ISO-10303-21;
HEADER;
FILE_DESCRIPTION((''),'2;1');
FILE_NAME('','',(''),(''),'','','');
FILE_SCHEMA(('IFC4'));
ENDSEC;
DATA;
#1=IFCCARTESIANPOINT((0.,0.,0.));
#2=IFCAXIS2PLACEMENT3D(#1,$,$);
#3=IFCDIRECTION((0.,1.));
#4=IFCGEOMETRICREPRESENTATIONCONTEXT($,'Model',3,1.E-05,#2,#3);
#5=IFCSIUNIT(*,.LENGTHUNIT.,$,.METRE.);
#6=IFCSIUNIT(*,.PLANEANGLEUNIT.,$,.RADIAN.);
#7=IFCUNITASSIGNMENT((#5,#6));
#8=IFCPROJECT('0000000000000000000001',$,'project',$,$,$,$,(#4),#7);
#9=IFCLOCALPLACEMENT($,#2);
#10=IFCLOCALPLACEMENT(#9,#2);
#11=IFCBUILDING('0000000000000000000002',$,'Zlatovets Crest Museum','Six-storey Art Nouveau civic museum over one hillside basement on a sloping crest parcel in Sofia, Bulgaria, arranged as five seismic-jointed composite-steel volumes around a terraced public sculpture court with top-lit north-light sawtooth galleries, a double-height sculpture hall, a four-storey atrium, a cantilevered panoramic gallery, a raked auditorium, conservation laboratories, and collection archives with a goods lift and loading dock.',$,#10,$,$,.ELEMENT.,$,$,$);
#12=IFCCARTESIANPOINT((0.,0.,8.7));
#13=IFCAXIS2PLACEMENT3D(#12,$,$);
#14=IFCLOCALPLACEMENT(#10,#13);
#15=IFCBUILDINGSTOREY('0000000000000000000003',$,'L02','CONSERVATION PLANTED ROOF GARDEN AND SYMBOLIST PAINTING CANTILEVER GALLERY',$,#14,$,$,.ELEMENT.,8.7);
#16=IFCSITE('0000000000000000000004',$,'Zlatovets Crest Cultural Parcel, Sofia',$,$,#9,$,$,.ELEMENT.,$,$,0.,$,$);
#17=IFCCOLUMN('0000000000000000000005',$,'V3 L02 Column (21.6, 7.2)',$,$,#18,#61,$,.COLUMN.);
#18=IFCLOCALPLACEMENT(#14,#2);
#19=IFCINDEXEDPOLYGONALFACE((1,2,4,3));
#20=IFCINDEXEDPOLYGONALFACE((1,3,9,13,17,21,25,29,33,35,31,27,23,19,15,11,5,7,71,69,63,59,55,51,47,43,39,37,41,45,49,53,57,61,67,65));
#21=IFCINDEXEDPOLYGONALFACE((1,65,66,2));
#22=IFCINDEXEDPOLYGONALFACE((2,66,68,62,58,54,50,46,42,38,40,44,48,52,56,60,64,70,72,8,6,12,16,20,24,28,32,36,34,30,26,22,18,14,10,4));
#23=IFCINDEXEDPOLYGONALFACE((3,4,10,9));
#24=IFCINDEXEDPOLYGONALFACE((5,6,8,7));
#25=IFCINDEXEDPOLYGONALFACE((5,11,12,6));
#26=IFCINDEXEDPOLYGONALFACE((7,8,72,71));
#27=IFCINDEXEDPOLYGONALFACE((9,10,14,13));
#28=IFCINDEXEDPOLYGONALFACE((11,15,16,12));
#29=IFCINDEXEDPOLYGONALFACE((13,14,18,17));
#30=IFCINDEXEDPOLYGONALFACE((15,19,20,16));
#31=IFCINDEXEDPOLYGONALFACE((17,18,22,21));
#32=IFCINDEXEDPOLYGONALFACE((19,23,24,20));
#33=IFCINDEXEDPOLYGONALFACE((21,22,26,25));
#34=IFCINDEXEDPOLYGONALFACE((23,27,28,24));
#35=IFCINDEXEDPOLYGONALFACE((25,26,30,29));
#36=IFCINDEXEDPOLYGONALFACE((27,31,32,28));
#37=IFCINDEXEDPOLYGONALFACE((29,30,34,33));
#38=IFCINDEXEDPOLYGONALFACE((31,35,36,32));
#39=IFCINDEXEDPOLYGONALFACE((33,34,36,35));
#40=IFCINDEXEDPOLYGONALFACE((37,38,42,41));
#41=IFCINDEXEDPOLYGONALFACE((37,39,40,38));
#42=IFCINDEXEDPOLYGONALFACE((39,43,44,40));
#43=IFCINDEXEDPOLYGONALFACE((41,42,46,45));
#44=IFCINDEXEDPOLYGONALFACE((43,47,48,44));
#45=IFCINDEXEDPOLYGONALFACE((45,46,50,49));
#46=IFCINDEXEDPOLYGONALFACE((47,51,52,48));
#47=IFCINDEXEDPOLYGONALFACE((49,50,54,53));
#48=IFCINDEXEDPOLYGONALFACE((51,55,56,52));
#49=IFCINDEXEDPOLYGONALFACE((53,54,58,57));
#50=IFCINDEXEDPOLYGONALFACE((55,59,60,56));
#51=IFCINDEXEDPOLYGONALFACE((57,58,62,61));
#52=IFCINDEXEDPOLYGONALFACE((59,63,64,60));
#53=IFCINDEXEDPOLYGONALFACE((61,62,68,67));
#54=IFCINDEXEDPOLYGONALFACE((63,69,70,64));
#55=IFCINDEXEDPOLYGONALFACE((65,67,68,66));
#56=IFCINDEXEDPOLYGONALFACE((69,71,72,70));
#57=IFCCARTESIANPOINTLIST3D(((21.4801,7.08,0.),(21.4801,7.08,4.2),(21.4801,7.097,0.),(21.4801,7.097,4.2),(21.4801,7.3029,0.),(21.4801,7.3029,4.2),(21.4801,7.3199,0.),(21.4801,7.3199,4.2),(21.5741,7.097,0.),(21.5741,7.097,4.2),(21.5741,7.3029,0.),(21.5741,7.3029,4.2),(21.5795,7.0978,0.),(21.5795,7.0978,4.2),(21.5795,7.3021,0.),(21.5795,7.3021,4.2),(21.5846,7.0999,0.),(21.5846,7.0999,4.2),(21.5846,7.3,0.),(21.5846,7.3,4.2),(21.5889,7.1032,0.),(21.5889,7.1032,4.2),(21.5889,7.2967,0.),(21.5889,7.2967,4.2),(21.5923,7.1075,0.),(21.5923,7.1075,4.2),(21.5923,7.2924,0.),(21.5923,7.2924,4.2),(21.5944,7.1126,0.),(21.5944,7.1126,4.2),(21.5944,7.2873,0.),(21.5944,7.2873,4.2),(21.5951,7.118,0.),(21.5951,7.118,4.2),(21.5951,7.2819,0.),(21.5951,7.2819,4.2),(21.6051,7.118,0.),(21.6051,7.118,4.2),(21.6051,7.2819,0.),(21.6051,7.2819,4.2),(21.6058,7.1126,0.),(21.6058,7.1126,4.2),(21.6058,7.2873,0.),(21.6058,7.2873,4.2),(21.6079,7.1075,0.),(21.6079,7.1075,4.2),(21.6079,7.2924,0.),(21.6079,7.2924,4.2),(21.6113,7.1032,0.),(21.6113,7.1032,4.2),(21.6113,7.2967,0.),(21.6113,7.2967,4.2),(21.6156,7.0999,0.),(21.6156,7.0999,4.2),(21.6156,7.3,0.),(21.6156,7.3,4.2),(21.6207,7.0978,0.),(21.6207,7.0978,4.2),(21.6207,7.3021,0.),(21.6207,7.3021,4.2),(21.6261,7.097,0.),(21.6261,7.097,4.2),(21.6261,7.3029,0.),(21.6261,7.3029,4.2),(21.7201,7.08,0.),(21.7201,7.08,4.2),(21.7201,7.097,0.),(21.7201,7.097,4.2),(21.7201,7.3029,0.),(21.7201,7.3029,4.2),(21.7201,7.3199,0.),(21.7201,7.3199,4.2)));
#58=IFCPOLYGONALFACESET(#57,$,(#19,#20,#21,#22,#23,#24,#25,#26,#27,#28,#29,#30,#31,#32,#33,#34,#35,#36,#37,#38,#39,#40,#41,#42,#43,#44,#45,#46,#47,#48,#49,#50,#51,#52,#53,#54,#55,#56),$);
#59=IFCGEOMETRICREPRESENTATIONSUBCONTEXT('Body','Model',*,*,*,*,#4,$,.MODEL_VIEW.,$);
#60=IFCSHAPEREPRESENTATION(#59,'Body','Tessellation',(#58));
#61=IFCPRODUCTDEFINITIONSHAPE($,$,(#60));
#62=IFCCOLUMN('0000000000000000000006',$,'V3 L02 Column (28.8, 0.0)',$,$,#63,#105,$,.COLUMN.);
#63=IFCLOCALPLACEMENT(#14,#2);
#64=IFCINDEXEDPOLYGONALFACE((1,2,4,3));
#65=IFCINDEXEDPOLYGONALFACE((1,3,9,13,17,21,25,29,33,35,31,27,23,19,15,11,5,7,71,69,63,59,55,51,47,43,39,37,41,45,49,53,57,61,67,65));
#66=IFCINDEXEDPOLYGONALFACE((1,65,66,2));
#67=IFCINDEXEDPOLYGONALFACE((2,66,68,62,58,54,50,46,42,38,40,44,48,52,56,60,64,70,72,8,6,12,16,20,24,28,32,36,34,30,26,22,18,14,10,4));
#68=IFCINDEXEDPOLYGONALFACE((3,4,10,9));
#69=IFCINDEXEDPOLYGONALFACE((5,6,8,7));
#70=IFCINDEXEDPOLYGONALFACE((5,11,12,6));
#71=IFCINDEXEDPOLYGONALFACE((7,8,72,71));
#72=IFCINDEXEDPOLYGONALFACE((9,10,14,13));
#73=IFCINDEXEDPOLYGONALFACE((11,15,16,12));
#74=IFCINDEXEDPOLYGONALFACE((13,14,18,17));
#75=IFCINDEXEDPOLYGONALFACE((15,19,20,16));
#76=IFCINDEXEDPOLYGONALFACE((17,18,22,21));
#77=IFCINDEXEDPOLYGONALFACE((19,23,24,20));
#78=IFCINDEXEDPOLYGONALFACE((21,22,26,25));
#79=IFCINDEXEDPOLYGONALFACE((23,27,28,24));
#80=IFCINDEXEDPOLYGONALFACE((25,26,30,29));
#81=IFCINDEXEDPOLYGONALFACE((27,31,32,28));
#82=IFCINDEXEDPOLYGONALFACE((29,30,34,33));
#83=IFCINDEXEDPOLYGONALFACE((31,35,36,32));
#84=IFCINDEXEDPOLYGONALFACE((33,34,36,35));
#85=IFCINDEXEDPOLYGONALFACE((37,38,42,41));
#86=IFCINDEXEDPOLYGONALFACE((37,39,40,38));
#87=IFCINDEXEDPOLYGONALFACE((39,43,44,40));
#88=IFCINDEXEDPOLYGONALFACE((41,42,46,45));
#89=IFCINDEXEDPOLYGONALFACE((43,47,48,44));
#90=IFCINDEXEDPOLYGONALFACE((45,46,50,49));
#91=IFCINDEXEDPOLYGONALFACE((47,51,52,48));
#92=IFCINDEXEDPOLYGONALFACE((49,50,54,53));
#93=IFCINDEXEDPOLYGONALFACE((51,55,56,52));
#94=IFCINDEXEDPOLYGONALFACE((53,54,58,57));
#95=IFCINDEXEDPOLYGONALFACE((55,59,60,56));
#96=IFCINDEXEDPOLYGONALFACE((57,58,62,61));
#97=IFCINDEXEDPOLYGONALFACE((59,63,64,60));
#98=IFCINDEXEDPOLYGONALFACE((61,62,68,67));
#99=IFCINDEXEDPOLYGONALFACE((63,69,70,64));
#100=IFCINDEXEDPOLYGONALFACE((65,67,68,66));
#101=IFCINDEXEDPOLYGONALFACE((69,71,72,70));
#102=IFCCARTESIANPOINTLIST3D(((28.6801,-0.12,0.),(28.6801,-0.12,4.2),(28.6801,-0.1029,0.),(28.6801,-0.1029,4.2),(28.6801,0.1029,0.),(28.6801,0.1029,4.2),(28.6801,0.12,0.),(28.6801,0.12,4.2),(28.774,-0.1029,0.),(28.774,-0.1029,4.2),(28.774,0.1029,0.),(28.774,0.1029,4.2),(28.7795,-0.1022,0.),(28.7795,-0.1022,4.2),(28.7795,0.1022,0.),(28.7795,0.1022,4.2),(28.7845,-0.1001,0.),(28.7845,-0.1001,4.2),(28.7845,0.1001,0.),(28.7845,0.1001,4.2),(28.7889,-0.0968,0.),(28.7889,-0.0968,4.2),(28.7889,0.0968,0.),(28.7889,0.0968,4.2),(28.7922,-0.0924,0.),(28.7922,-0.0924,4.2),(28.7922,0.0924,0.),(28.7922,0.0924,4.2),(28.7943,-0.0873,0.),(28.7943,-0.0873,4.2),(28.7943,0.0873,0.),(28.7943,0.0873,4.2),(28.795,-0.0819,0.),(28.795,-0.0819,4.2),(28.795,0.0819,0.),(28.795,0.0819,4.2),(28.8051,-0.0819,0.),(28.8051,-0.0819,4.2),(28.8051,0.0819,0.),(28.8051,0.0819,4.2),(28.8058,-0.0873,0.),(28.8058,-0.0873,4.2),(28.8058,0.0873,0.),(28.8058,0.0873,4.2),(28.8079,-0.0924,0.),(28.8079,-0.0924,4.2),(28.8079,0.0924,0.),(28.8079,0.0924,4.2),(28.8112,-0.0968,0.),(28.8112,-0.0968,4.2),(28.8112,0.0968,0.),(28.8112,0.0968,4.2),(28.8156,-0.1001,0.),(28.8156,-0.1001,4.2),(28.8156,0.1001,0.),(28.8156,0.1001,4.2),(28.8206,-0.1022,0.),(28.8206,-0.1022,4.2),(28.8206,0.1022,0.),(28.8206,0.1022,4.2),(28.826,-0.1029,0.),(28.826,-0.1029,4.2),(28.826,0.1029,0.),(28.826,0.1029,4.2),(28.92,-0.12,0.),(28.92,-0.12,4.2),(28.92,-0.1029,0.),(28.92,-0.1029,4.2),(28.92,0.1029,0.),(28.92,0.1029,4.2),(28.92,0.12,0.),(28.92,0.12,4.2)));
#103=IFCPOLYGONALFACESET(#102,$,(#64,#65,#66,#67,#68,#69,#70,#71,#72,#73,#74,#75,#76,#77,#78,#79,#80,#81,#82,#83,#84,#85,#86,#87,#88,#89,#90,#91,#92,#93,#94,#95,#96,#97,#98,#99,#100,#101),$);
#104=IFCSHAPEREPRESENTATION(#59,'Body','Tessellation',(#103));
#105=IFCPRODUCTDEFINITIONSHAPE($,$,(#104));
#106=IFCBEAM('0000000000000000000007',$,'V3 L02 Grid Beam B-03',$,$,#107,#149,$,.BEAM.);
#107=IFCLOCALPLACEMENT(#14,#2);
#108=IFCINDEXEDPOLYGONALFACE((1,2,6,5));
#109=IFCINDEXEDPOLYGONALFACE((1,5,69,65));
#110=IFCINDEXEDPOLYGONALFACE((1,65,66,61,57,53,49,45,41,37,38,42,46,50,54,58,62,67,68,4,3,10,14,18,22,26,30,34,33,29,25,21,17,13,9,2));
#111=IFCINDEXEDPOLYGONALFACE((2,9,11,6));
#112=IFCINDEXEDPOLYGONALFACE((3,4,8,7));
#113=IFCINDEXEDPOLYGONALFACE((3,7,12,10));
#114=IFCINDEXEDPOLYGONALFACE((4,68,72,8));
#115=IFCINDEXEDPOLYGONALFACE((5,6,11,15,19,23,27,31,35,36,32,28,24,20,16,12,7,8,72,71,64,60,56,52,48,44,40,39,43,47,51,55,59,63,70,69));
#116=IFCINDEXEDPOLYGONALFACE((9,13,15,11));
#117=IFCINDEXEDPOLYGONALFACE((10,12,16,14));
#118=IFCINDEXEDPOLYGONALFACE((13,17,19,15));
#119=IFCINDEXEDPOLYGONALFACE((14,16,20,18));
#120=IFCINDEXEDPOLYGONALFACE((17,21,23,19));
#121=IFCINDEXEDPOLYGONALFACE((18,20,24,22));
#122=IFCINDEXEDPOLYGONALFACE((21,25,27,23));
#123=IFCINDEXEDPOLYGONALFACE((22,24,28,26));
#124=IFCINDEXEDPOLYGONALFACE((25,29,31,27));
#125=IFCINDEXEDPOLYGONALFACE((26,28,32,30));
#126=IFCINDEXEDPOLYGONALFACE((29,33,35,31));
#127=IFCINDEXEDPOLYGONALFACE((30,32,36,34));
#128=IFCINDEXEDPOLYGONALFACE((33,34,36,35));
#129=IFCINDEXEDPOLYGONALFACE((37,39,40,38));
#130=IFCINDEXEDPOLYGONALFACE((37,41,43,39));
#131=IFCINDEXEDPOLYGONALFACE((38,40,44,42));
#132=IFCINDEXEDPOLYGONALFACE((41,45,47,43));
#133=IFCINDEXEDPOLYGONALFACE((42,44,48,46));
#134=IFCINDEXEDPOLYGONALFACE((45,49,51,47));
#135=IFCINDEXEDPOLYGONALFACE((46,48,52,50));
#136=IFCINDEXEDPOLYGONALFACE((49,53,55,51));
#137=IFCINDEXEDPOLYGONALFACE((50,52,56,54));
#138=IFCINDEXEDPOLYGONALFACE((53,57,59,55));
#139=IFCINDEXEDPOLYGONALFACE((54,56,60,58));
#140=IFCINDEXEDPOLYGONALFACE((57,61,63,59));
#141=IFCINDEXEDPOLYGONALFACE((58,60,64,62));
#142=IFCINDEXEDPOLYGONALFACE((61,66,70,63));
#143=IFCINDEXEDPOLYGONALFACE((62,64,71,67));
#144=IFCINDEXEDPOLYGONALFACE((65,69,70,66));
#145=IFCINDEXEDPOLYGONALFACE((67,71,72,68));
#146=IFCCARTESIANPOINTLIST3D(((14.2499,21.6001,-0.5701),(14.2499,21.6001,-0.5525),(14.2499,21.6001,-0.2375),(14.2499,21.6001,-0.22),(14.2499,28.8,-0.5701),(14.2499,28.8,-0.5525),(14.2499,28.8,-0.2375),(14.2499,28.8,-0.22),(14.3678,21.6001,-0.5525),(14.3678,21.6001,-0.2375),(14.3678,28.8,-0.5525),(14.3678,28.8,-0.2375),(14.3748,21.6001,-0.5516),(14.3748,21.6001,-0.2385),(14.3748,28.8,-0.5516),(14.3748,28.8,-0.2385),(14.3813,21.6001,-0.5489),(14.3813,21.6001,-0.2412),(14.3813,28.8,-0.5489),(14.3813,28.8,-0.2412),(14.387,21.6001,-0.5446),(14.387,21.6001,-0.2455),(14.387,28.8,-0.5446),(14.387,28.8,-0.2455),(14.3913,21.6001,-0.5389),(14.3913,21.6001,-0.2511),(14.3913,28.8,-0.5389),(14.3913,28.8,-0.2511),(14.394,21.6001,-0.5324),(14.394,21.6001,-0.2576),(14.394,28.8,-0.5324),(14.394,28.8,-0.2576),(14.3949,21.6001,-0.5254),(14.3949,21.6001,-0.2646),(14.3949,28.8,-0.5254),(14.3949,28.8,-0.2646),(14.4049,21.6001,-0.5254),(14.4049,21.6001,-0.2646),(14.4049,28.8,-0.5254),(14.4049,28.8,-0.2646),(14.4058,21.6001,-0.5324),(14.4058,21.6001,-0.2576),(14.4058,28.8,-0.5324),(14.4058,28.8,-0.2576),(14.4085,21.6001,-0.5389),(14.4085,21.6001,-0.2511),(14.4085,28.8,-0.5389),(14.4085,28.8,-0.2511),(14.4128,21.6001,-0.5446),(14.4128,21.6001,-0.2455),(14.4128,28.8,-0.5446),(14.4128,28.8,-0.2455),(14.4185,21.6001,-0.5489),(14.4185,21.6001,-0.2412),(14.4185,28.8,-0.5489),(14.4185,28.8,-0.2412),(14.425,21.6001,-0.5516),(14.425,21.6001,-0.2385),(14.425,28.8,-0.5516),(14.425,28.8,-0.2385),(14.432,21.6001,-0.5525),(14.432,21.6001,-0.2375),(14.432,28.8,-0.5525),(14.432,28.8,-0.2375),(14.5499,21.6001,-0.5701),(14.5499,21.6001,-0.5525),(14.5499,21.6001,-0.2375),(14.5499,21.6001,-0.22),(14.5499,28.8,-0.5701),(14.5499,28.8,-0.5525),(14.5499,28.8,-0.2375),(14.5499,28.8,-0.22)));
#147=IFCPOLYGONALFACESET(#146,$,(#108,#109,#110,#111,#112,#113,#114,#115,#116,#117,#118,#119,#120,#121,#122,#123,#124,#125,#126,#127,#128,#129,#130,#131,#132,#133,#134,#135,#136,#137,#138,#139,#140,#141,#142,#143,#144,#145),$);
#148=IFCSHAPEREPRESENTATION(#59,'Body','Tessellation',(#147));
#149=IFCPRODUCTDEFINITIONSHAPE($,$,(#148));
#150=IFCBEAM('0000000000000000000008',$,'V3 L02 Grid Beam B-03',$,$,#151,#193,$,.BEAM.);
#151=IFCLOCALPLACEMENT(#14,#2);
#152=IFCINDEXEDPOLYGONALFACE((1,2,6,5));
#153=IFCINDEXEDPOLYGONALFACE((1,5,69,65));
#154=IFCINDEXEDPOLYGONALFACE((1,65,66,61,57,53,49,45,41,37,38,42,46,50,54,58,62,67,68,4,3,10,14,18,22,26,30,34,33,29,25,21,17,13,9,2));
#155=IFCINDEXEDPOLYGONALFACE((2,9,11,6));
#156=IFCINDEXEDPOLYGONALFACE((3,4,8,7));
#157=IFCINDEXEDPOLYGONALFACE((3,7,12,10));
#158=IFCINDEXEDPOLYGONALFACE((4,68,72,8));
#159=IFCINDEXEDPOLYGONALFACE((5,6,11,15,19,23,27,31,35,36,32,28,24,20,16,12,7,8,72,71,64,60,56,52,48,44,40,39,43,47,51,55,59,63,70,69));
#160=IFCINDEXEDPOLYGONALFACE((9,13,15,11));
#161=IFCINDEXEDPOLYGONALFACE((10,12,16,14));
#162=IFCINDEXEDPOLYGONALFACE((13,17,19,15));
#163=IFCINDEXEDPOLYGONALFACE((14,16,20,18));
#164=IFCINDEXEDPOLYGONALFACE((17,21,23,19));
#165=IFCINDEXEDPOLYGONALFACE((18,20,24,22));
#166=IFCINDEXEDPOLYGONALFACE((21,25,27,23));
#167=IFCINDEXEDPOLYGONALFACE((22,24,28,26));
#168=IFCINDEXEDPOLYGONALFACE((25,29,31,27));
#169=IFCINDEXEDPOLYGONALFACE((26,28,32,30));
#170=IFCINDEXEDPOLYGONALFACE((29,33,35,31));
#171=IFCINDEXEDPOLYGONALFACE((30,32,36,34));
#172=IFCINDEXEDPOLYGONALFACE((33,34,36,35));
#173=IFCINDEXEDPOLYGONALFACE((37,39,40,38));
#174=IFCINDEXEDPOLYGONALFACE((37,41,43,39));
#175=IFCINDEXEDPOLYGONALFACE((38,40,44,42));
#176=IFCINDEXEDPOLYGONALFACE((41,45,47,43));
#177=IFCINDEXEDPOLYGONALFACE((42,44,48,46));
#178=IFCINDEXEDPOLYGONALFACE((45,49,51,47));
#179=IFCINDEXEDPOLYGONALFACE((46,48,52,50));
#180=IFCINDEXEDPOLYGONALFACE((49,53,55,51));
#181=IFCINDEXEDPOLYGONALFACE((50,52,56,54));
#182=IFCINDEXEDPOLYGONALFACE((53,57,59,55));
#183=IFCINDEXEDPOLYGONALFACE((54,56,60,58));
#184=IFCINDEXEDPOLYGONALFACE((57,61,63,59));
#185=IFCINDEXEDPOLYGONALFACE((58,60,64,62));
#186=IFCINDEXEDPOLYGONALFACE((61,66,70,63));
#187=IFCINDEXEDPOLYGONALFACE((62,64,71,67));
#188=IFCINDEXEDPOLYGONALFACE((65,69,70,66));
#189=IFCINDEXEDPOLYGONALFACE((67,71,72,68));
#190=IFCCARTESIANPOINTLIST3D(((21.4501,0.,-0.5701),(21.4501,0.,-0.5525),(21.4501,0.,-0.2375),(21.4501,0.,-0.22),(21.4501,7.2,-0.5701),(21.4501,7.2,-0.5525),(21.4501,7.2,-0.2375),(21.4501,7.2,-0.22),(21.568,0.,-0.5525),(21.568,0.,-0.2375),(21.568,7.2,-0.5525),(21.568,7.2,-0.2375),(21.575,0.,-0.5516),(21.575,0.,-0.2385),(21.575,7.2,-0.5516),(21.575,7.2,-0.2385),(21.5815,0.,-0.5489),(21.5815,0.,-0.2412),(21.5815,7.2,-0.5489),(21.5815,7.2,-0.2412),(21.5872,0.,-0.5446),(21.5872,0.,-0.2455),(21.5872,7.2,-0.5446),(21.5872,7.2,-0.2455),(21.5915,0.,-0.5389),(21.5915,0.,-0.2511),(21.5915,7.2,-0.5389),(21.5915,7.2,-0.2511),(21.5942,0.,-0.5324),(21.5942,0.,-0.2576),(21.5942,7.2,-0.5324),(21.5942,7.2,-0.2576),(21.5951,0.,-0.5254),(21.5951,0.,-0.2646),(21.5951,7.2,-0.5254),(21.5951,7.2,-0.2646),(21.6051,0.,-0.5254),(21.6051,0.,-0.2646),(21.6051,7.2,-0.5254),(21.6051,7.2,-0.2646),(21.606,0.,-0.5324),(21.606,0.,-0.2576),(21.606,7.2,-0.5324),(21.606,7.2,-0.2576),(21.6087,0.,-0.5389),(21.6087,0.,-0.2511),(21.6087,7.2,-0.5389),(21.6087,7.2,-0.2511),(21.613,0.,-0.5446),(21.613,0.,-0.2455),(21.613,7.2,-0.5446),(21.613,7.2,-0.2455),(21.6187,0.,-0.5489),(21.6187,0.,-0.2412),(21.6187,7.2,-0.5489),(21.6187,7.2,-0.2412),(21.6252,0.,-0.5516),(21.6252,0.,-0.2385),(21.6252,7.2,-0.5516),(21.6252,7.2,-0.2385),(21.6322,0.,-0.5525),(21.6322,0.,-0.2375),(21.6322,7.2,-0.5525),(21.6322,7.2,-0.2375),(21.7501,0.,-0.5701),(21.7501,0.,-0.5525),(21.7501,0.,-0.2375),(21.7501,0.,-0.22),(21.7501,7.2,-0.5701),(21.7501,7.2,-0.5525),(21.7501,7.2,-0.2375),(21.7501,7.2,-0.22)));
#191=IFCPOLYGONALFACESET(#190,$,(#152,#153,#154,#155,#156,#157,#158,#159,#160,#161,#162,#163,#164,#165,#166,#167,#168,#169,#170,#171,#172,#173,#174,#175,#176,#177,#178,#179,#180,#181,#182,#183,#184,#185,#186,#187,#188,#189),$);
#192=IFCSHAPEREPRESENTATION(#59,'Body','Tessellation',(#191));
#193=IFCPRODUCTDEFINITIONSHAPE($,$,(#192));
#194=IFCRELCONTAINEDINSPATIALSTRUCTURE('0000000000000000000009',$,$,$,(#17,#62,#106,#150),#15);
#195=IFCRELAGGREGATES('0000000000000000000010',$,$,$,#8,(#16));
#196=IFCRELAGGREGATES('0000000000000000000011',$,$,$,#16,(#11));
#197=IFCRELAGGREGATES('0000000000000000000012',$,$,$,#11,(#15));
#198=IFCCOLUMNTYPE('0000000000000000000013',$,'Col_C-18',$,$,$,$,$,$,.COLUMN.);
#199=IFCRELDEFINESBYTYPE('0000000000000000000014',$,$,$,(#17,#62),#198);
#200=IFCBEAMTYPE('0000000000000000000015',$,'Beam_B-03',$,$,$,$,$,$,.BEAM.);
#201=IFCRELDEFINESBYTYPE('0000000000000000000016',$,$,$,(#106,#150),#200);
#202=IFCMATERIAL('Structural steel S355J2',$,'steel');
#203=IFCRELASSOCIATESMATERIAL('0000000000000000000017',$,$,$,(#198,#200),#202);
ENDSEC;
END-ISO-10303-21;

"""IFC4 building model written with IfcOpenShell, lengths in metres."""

from ifc_helpers import new_model, si_unit, direction, frame, origin, origin_2d, place, context, subcontext, project, spatial, i_section, extrude, material, material_profile, profile_set, type_object, element, save


model = new_model("IFC4")

# Units and contexts
model_context = context("Model", 3, precision=1e-05, world=origin(), true_north=direction((0.0, 1.0)))
body_context = subcontext(model_context, "Body", "Model", "MODEL_VIEW")
ifc_project = project(units=[si_unit("LENGTHUNIT", "METRE"), si_unit("PLANEANGLEUNIT", "RADIAN")], contexts=[model_context])

# Site, building, storey
site_placement = place(None, origin())
site = spatial("IfcSite", under=ifc_project, at=site_placement, Name="Zlatovets Crest Cultural Parcel, Sofia", CompositionType="ELEMENT", RefElevation=0.0)
building_placement = place(site_placement, origin())
building = spatial("IfcBuilding", under=site, at=building_placement, Name="Zlatovets Crest Museum", Description="Six-storey Art Nouveau civic museum over one hillside basement on a sloping crest parcel in Sofia, Bulgaria, arranged as five seismic-jointed composite-steel volumes around a terraced public sculpture court with top-lit north-light sawtooth galleries, a double-height sculpture hall, a four-storey atrium, a cantilevered panoramic gallery, a raked auditorium, conservation laboratories, and collection archives with a goods lift and loading dock.", CompositionType="ELEMENT")
storey_placement = place(building_placement, frame((0.0, 0.0, 8.7)))
storey = spatial("IfcBuildingStorey", under=building, at=storey_placement, Name="L02", Description="CONSERVATION PLANTED ROOF GARDEN AND SYMBOLIST PAINTING CANTILEVER GALLERY", CompositionType="ELEMENT", Elevation=8.7)

# Columns
ifc_material_1 = material(Name="Structural steel S355J2", Category="steel")
ifc_material_profile_1 = material_profile(ifc_material_1, i_section(OverallWidth=0.24, OverallDepth=0.24, WebThickness=0.01, FlangeThickness=0.0171, FilletRadius=0.021, at=origin_2d()), Name="HEB 240")
ifc_profile_set_1 = profile_set([ifc_material_profile_1], Name="Structural steel S355J2")
column_type = type_object("IfcColumnType", Name="Col_C-18", PredefinedType="COLUMN", material=ifc_profile_set_1)
for number, where, z_axis, x_axis, name in (
    (1, (21.6001, 7.2, 0.0), (0.0, 0.0, 1.0), (1.0, 0.0, 0.0), "V3 L02 Column (21.6, 7.2)"),
    (2, (28.8, 0.0, 0.0), (0.0, 0.0, 1.0), (1.0, 0.0, 0.0), "V3 L02 Column (28.8, 0.0)"),
):
    element("IfcColumn", number, at=place(storey_placement, frame(where, z_axis=z_axis, x_axis=x_axis)), inside=storey, type_object=column_type, Name=name, PredefinedType="COLUMN", context=body_context, shape_type="SweptSolid", body=[
        extrude(i_section(OverallWidth=0.24, OverallDepth=0.24, WebThickness=0.01, FlangeThickness=0.0171, FilletRadius=0.021, at=origin_2d()), origin(), (0.0, 0.0, 1.0), 4.2),
    ])

# Beams
ifc_material_profile_2 = material_profile(ifc_material_1, i_section(OverallWidth=0.3, OverallDepth=0.3501, WebThickness=0.01, FlangeThickness=0.0176, FilletRadius=0.0271, at=origin_2d()), Name="HEA 360")
ifc_profile_set_2 = profile_set([ifc_material_profile_2], Name="Structural steel S355J2")
beam_type_1 = type_object("IfcBeamType", Name="Beam_B-03", PredefinedType="BEAM", material=ifc_profile_set_2)
for number, where, z_axis, x_axis, name in (
    (3, (14.3999, 21.6001, -0.395), (0.0, 1.0, 0.0), (-1.0, 0.0, 0.0), "V3 L02 Grid Beam B-03"),
    (4, (21.6001, 0.0, -0.395), (0.0, 1.0, 0.0), (-1.0, 0.0, 0.0), "V3 L02 Grid Beam B-03"),
):
    element("IfcBeam", number, at=place(storey_placement, frame(where, z_axis=z_axis, x_axis=x_axis)), inside=storey, type_object=beam_type_1, Name=name, PredefinedType="BEAM", context=body_context, shape_type="SweptSolid", body=[
        extrude(i_section(OverallWidth=0.3, OverallDepth=0.3501, WebThickness=0.01, FlangeThickness=0.0176, FilletRadius=0.0271, at=origin_2d()), origin(), (0.0, 0.0, 1.0), 7.2),
    ])

save(model, "model.ifc")
